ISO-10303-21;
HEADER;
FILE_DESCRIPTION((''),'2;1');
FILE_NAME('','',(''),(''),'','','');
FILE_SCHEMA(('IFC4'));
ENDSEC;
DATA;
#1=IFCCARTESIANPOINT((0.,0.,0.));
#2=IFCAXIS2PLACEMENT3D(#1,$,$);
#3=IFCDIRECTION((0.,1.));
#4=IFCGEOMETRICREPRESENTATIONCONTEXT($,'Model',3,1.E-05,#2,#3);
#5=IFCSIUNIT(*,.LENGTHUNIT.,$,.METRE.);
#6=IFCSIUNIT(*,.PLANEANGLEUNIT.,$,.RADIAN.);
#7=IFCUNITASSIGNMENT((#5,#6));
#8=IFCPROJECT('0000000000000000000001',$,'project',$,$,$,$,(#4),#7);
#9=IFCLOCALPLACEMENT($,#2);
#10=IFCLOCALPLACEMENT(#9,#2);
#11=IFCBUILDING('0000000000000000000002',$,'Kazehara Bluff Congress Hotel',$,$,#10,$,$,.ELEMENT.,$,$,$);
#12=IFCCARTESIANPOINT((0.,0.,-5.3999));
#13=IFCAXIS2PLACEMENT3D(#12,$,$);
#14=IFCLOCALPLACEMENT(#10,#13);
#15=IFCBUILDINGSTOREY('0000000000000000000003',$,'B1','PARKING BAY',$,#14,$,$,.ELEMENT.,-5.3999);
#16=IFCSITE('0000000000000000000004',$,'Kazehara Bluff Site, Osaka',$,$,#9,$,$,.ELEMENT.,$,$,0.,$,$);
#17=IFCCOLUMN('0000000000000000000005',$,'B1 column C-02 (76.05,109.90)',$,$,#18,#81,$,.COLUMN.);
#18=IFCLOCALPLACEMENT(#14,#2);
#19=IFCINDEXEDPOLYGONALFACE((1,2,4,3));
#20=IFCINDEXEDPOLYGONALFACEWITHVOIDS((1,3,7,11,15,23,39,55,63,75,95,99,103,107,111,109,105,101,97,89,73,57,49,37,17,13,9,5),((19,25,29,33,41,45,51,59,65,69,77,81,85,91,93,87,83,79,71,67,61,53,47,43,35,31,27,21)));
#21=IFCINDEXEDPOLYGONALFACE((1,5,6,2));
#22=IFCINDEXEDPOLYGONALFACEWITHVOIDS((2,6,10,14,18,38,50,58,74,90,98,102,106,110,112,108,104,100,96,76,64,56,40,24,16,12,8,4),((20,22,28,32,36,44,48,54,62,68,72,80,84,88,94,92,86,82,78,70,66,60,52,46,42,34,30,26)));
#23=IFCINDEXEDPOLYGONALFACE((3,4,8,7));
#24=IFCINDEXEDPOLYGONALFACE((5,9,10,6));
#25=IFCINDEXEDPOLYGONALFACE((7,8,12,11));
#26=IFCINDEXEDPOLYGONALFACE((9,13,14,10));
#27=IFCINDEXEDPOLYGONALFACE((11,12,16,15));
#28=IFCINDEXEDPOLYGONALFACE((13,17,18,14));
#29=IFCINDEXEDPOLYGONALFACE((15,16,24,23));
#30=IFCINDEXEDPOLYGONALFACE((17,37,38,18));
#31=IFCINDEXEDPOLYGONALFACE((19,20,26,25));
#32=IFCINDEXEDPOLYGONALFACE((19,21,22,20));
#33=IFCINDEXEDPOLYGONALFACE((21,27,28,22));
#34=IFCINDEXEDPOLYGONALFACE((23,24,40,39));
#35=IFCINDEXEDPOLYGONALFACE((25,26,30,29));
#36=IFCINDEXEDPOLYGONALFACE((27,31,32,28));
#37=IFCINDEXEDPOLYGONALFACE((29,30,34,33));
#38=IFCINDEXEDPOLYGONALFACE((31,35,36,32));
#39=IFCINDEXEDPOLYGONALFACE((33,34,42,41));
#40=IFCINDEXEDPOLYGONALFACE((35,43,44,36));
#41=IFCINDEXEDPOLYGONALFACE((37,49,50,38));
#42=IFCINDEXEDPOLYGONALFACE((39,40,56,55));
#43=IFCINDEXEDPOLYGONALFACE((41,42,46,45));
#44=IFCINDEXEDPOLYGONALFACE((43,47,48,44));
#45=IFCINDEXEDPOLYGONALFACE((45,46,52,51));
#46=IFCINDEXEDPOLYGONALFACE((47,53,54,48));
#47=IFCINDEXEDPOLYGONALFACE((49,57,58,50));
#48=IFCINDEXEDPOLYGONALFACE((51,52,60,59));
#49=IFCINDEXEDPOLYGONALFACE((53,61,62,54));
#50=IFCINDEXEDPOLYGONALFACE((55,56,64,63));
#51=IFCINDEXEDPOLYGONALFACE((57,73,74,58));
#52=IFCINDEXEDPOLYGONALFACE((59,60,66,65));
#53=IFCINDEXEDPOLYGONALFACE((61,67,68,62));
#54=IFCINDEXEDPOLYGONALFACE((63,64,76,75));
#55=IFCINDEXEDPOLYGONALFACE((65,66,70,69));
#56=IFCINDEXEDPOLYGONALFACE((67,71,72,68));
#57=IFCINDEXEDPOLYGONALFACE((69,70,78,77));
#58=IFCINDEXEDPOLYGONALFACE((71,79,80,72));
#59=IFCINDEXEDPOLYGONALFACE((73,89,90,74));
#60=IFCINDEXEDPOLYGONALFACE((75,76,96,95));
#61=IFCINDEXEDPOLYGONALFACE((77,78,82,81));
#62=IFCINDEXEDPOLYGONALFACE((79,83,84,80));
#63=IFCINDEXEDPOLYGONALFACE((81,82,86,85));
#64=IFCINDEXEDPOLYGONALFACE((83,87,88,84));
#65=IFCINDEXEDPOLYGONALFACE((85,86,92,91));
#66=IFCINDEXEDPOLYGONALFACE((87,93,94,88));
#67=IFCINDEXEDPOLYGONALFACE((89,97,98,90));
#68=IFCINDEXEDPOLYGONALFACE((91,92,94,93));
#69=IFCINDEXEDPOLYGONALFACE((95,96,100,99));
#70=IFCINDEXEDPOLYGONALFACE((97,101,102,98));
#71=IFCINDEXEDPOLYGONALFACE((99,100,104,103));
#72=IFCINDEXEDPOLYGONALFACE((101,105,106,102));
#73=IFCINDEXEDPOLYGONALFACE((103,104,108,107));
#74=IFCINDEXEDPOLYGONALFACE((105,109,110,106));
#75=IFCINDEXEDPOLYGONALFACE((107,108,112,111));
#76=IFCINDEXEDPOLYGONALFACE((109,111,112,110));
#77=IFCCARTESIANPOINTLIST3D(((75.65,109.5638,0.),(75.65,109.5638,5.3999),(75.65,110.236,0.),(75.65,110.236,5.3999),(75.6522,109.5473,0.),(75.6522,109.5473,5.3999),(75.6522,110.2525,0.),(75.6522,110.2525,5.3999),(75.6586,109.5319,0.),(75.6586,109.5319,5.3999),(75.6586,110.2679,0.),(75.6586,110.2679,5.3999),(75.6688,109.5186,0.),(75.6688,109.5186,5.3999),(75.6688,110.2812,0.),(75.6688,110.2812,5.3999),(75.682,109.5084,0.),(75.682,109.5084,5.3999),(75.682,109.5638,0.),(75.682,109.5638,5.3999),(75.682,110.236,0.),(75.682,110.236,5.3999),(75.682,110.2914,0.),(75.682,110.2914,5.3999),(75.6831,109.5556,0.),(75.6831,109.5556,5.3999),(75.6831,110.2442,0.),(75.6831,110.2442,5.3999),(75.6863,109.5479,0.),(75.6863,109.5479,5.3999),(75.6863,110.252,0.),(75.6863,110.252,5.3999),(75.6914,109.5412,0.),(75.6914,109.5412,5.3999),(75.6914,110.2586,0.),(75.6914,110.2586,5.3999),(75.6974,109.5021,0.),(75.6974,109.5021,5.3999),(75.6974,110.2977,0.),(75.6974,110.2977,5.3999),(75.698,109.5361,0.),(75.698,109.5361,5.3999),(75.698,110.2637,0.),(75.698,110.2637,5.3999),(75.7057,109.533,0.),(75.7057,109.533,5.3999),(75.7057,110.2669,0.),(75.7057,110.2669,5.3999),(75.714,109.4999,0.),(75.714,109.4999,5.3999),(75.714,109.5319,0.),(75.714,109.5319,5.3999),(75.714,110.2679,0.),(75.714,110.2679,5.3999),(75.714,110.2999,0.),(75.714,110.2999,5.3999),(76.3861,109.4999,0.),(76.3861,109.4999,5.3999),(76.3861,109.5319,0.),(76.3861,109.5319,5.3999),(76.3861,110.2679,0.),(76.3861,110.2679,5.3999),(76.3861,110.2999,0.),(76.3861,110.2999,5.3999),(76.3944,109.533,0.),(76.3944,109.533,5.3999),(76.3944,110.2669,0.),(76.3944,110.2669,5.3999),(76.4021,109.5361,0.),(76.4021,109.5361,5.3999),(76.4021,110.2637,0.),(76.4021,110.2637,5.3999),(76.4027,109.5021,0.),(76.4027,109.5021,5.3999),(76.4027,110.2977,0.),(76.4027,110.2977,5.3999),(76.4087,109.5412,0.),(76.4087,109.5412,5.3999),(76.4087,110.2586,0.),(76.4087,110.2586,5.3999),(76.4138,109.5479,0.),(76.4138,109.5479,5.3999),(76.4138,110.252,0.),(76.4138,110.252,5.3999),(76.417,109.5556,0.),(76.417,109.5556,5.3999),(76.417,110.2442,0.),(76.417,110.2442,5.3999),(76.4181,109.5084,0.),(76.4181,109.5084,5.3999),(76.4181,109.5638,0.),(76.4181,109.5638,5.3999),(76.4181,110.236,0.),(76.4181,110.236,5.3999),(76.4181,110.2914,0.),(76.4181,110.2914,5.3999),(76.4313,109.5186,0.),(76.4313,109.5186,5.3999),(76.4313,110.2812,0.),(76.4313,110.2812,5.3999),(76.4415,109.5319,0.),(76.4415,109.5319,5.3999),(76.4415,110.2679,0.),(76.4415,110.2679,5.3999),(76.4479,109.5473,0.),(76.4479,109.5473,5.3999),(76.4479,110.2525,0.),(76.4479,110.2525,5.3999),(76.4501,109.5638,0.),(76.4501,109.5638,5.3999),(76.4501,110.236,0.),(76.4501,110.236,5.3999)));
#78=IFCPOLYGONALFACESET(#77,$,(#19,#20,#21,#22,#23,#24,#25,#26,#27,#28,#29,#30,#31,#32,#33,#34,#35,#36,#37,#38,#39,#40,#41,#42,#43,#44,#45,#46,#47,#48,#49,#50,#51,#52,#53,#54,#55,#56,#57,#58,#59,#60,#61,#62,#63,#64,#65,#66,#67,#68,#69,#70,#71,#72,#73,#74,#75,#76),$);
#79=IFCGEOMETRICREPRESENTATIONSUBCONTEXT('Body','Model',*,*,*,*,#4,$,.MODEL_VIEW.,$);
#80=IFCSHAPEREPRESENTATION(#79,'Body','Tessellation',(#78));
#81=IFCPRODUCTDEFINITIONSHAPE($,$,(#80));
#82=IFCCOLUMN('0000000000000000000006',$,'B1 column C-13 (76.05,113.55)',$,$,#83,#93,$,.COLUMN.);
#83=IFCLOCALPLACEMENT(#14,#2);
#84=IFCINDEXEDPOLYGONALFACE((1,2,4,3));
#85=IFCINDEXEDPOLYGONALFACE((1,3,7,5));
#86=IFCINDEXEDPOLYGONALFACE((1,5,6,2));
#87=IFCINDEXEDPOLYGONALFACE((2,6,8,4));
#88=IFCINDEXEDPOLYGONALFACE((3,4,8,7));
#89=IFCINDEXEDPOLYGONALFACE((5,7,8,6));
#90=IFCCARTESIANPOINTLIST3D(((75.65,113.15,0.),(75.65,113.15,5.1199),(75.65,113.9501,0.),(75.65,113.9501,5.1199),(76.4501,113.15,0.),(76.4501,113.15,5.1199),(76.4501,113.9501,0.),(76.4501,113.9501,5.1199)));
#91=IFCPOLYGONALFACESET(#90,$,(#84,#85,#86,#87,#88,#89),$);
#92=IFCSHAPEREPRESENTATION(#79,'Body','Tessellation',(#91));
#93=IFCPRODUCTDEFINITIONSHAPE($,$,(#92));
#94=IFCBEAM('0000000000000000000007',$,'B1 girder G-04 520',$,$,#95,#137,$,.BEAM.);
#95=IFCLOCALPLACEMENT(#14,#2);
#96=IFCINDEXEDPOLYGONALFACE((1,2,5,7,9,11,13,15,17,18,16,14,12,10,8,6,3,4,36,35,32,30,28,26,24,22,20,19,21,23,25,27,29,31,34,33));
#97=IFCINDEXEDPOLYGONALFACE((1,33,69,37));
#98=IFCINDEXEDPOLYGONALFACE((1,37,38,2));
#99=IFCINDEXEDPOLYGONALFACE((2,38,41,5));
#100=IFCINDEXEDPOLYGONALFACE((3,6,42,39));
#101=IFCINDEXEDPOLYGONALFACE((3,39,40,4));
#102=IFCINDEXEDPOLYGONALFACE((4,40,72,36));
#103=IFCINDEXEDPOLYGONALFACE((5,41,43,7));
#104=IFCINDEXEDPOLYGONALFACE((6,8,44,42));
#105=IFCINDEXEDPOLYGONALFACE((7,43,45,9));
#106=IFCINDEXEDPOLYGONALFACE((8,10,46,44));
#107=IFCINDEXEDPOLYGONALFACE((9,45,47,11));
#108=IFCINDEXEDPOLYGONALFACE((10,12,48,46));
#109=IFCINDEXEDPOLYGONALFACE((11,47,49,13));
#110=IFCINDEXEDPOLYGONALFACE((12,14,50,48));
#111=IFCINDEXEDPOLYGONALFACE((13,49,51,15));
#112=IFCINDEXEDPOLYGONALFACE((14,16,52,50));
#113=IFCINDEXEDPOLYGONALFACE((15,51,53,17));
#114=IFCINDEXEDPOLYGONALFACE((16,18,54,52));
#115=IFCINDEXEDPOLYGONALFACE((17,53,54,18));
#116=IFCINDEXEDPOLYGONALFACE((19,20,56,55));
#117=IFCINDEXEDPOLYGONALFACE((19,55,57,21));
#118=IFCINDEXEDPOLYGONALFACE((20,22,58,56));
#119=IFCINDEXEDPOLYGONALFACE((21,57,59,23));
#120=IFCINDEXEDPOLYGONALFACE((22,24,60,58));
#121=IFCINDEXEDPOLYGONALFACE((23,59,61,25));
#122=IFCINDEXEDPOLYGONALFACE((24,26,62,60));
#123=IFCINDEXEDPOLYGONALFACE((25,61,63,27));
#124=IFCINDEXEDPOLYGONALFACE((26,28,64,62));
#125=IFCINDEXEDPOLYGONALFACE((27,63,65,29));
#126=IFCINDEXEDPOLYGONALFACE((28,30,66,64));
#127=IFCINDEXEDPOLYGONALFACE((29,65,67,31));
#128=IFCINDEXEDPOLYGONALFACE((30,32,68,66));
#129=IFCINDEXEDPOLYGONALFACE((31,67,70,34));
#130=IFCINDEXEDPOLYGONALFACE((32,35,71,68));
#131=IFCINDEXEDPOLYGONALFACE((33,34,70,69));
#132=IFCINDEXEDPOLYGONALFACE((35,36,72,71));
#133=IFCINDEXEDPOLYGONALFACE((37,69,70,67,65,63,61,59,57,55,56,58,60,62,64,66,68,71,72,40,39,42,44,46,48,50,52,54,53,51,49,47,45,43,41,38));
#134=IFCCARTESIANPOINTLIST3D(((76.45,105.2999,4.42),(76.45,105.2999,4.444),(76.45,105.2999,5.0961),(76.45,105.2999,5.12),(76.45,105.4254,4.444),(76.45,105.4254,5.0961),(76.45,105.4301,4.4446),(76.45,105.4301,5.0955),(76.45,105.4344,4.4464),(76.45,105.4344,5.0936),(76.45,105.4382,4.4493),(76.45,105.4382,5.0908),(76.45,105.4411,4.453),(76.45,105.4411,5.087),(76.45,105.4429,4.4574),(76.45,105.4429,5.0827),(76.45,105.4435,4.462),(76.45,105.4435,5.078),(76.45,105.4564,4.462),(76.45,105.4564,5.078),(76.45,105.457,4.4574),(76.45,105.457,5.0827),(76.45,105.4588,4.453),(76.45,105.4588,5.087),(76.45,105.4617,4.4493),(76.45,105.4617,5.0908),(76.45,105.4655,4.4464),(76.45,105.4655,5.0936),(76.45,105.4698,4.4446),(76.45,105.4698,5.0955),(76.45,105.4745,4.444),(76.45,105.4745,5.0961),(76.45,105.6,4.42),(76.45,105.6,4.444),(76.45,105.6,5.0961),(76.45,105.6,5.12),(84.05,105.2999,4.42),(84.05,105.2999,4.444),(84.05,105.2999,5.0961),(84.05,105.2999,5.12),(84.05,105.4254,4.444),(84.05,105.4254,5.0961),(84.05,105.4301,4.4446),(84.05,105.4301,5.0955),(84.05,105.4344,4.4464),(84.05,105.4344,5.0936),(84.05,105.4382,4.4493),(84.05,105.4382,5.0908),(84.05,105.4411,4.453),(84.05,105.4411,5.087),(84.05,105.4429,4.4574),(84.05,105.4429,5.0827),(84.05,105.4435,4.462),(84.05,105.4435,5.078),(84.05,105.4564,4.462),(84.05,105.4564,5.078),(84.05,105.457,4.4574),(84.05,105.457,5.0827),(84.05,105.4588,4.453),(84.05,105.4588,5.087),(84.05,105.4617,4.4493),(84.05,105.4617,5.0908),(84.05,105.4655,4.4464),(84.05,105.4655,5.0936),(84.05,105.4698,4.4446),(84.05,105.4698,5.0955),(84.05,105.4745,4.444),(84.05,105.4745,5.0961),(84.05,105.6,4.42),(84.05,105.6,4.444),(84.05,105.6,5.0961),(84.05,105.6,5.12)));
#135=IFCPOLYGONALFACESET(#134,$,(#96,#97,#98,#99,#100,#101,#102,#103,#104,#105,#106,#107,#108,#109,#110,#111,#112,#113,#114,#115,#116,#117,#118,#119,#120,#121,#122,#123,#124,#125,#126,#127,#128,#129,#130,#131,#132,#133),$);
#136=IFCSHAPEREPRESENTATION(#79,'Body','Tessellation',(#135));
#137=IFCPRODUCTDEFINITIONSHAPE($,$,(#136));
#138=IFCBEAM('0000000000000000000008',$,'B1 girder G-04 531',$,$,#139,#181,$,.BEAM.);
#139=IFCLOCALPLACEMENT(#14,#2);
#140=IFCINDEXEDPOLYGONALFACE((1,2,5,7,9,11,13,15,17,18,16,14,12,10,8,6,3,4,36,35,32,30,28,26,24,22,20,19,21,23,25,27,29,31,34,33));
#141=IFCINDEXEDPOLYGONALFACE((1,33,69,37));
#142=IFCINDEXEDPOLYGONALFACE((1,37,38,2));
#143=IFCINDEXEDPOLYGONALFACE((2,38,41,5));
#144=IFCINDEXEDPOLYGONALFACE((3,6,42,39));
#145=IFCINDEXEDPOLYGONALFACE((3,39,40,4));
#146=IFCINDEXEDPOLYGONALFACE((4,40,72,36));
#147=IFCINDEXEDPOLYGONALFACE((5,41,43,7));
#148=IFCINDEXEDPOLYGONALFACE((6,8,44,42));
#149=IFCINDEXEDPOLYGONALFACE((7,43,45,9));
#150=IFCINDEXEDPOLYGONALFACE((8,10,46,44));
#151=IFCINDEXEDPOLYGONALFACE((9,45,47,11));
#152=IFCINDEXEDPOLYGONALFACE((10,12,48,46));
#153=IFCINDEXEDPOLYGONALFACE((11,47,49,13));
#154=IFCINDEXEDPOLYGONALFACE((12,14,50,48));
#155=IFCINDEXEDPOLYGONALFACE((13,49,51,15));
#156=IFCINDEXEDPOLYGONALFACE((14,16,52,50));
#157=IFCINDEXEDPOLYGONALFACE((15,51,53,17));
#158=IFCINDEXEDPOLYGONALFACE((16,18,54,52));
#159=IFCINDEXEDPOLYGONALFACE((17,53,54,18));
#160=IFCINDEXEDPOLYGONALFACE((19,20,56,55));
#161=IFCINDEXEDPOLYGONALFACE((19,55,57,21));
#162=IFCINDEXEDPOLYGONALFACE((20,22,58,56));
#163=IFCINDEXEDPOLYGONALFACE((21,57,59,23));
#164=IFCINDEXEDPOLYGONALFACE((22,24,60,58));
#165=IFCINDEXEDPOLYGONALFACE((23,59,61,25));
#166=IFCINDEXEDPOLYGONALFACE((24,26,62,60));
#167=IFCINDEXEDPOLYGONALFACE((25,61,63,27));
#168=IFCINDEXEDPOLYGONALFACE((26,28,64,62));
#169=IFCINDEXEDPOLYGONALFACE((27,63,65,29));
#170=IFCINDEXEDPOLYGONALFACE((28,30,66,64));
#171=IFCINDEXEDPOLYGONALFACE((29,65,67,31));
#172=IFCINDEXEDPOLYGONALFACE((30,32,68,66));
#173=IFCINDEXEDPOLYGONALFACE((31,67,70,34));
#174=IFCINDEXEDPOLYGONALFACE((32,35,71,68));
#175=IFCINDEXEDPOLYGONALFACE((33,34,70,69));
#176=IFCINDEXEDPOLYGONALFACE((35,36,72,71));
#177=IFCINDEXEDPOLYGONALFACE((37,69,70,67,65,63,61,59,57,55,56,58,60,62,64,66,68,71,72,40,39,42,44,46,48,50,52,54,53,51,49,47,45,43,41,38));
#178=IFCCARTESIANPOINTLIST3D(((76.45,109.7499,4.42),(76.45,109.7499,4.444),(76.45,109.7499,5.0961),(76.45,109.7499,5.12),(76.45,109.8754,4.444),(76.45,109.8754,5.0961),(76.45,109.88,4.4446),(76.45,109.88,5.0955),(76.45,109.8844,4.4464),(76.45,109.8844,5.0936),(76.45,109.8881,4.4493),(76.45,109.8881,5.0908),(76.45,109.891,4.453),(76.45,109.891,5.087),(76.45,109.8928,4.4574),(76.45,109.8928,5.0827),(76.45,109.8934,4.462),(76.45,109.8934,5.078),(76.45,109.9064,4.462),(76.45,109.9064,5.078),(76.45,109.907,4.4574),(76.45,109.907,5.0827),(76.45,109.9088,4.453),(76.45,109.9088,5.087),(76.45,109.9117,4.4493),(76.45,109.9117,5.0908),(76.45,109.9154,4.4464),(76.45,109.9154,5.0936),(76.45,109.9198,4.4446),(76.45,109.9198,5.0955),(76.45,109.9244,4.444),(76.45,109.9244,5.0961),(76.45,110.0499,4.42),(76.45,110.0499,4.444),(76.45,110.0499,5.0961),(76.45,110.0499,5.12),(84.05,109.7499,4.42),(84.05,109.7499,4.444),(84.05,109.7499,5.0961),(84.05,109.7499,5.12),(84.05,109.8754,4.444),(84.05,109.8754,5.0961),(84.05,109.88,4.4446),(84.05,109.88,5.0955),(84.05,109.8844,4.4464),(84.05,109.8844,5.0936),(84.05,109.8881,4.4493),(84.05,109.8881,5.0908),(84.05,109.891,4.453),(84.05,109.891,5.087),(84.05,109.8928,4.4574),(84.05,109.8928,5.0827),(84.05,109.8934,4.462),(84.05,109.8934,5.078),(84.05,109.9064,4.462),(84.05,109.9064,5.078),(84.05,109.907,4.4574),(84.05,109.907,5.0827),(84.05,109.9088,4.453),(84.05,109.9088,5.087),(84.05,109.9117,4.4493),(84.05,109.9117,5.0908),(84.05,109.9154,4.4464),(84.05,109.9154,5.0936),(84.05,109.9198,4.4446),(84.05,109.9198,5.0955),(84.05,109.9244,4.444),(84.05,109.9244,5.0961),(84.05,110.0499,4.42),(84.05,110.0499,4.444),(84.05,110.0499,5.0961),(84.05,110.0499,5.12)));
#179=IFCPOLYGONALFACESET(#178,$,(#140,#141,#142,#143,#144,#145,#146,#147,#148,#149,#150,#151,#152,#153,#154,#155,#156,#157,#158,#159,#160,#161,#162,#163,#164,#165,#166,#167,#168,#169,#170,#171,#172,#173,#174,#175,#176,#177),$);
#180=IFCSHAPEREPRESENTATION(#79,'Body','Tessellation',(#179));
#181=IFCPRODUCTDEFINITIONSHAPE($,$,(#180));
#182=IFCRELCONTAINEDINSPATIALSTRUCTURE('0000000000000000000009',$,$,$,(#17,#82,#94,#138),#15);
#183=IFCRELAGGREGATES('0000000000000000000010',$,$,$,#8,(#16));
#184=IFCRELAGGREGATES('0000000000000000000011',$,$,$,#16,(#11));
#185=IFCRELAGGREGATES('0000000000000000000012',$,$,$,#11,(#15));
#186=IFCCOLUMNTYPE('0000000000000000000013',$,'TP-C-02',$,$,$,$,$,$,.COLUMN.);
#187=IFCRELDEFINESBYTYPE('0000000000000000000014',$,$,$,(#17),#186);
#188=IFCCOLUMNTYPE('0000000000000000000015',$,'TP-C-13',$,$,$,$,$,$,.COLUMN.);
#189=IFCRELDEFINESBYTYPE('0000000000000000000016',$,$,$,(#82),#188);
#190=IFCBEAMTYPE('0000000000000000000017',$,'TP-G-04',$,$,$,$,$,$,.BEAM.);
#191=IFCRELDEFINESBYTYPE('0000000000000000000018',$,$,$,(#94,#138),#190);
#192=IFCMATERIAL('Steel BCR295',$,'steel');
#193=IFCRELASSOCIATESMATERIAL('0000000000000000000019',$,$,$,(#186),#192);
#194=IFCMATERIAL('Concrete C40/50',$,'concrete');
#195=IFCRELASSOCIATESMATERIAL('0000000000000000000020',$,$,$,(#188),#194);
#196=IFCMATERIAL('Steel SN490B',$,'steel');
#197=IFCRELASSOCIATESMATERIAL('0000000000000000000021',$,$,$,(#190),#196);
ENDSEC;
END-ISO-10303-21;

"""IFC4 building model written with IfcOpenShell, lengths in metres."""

from ifc_helpers import new_model, si_unit, direction, frame, origin, origin_2d, place, context, subcontext, project, spatial, rectangle, hollow_rectangle, i_section, extrude, material, material_profile, profile_set, type_object, element, save


model = new_model("IFC4")

# Units and contexts
model_context = context("Model", 3, precision=1e-05, world=origin(), true_north=direction((0.0, 1.0)))
body_context = subcontext(model_context, "Body", "Model", "MODEL_VIEW")
ifc_project = project(units=[si_unit("LENGTHUNIT", "METRE"), si_unit("PLANEANGLEUNIT", "RADIAN")], contexts=[model_context])

# Site, building, storey
site_placement = place(None, origin())
site = spatial("IfcSite", under=ifc_project, at=site_placement, Name="Kazehara Bluff Site, Osaka", CompositionType="ELEMENT", RefElevation=0.0)
building_placement = place(site_placement, origin())
building = spatial("IfcBuilding", under=site, at=building_placement, Name="Kazehara Bluff Congress Hotel", CompositionType="ELEMENT")
storey_placement = place(building_placement, frame((0.0, 0.0, -5.3999)))
storey = spatial("IfcBuildingStorey", under=building, at=storey_placement, Name="B1", Description="PARKING BAY", CompositionType="ELEMENT", Elevation=-5.3999)

# Columns
ifc_material_1 = material(Name="Steel BCR295", Category="steel")
ifc_material_profile_1 = material_profile(ifc_material_1, hollow_rectangle(XDim=0.8, YDim=0.8, WallThickness=0.032, InnerFilletRadius=0.032, OuterFilletRadius=0.064, at=origin_2d()))
ifc_profile_set_1 = profile_set([ifc_material_profile_1], Name="Steel BCR295")
column_type_1 = type_object("IfcColumnType", Name="TP-C-02", PredefinedType="COLUMN", material=ifc_profile_set_1)
for number, where, z_axis, x_axis, name in (
    (1, (76.05, 109.8999, 0.0), (0.0, 0.0, 1.0), (1.0, 0.0, 0.0), "B1 column C-02 (76.05,109.90)"),
):
    element("IfcColumn", number, at=place(storey_placement, frame(where, z_axis=z_axis, x_axis=x_axis)), inside=storey, type_object=column_type_1, Name=name, PredefinedType="COLUMN", context=body_context, shape_type="SweptSolid", body=[
        extrude(hollow_rectangle(XDim=0.8, YDim=0.8, WallThickness=0.032, InnerFilletRadius=0.032, OuterFilletRadius=0.064, at=origin_2d()), origin(), (0.0, 0.0, 1.0), 5.3999),
    ])
ifc_material_2 = material(Name="Concrete C40/50", Category="concrete")
ifc_material_profile_2 = material_profile(ifc_material_2, rectangle(XDim=0.8, YDim=0.8, at=origin_2d()))
ifc_profile_set_2 = profile_set([ifc_material_profile_2], Name="Concrete C40/50")
column_type_2 = type_object("IfcColumnType", Name="TP-C-13", PredefinedType="COLUMN", material=ifc_profile_set_2)
column_placement = place(storey_placement, frame((76.05, 113.55, 0.0), z_axis=(0.0, 0.0, 1.0), x_axis=(1.0, 0.0, 0.0)))
element("IfcColumn", 2, at=column_placement, inside=storey, type_object=column_type_2, Name="B1 column C-13 (76.05,113.55)", PredefinedType="COLUMN", context=body_context, shape_type="SweptSolid", body=[
    extrude(rectangle(XDim=0.8, YDim=0.8, at=origin_2d()), origin(), (0.0, 0.0, 1.0), 5.1199),
])

# Beams
ifc_material_3 = material(Name="Steel SN490B", Category="steel")
ifc_material_profile_3 = material_profile(ifc_material_3, i_section(OverallWidth=0.3, OverallDepth=0.7, WebThickness=0.0129, FlangeThickness=0.0239, FilletRadius=0.0181, at=origin_2d()))
ifc_profile_set_3 = profile_set([ifc_material_profile_3], Name="Steel SN490B")
beam_type_1 = type_object("IfcBeamType", Name="TP-G-04", PredefinedType="BEAM", material=ifc_profile_set_3)
for number, where, z_axis, x_axis, name in (
    (3, (76.45, 105.45, 4.77), (1.0, 0.0, 0.0), (0.0, 1.0, 0.0), "B1 girder G-04 520"),
    (4, (76.45, 109.8999, 4.77), (1.0, 0.0, 0.0), (0.0, 1.0, 0.0), "B1 girder G-04 531"),
):
    element("IfcBeam", number, at=place(storey_placement, frame(where, z_axis=z_axis, x_axis=x_axis)), inside=storey, type_object=beam_type_1, Name=name, PredefinedType="BEAM", context=body_context, shape_type="SweptSolid", body=[
        extrude(i_section(OverallWidth=0.3, OverallDepth=0.7, WebThickness=0.0129, FlangeThickness=0.0239, FilletRadius=0.0181, at=origin_2d()), origin(), (0.0, 0.0, 1.0), 7.6001),
    ])

save(model, "model.ifc")
